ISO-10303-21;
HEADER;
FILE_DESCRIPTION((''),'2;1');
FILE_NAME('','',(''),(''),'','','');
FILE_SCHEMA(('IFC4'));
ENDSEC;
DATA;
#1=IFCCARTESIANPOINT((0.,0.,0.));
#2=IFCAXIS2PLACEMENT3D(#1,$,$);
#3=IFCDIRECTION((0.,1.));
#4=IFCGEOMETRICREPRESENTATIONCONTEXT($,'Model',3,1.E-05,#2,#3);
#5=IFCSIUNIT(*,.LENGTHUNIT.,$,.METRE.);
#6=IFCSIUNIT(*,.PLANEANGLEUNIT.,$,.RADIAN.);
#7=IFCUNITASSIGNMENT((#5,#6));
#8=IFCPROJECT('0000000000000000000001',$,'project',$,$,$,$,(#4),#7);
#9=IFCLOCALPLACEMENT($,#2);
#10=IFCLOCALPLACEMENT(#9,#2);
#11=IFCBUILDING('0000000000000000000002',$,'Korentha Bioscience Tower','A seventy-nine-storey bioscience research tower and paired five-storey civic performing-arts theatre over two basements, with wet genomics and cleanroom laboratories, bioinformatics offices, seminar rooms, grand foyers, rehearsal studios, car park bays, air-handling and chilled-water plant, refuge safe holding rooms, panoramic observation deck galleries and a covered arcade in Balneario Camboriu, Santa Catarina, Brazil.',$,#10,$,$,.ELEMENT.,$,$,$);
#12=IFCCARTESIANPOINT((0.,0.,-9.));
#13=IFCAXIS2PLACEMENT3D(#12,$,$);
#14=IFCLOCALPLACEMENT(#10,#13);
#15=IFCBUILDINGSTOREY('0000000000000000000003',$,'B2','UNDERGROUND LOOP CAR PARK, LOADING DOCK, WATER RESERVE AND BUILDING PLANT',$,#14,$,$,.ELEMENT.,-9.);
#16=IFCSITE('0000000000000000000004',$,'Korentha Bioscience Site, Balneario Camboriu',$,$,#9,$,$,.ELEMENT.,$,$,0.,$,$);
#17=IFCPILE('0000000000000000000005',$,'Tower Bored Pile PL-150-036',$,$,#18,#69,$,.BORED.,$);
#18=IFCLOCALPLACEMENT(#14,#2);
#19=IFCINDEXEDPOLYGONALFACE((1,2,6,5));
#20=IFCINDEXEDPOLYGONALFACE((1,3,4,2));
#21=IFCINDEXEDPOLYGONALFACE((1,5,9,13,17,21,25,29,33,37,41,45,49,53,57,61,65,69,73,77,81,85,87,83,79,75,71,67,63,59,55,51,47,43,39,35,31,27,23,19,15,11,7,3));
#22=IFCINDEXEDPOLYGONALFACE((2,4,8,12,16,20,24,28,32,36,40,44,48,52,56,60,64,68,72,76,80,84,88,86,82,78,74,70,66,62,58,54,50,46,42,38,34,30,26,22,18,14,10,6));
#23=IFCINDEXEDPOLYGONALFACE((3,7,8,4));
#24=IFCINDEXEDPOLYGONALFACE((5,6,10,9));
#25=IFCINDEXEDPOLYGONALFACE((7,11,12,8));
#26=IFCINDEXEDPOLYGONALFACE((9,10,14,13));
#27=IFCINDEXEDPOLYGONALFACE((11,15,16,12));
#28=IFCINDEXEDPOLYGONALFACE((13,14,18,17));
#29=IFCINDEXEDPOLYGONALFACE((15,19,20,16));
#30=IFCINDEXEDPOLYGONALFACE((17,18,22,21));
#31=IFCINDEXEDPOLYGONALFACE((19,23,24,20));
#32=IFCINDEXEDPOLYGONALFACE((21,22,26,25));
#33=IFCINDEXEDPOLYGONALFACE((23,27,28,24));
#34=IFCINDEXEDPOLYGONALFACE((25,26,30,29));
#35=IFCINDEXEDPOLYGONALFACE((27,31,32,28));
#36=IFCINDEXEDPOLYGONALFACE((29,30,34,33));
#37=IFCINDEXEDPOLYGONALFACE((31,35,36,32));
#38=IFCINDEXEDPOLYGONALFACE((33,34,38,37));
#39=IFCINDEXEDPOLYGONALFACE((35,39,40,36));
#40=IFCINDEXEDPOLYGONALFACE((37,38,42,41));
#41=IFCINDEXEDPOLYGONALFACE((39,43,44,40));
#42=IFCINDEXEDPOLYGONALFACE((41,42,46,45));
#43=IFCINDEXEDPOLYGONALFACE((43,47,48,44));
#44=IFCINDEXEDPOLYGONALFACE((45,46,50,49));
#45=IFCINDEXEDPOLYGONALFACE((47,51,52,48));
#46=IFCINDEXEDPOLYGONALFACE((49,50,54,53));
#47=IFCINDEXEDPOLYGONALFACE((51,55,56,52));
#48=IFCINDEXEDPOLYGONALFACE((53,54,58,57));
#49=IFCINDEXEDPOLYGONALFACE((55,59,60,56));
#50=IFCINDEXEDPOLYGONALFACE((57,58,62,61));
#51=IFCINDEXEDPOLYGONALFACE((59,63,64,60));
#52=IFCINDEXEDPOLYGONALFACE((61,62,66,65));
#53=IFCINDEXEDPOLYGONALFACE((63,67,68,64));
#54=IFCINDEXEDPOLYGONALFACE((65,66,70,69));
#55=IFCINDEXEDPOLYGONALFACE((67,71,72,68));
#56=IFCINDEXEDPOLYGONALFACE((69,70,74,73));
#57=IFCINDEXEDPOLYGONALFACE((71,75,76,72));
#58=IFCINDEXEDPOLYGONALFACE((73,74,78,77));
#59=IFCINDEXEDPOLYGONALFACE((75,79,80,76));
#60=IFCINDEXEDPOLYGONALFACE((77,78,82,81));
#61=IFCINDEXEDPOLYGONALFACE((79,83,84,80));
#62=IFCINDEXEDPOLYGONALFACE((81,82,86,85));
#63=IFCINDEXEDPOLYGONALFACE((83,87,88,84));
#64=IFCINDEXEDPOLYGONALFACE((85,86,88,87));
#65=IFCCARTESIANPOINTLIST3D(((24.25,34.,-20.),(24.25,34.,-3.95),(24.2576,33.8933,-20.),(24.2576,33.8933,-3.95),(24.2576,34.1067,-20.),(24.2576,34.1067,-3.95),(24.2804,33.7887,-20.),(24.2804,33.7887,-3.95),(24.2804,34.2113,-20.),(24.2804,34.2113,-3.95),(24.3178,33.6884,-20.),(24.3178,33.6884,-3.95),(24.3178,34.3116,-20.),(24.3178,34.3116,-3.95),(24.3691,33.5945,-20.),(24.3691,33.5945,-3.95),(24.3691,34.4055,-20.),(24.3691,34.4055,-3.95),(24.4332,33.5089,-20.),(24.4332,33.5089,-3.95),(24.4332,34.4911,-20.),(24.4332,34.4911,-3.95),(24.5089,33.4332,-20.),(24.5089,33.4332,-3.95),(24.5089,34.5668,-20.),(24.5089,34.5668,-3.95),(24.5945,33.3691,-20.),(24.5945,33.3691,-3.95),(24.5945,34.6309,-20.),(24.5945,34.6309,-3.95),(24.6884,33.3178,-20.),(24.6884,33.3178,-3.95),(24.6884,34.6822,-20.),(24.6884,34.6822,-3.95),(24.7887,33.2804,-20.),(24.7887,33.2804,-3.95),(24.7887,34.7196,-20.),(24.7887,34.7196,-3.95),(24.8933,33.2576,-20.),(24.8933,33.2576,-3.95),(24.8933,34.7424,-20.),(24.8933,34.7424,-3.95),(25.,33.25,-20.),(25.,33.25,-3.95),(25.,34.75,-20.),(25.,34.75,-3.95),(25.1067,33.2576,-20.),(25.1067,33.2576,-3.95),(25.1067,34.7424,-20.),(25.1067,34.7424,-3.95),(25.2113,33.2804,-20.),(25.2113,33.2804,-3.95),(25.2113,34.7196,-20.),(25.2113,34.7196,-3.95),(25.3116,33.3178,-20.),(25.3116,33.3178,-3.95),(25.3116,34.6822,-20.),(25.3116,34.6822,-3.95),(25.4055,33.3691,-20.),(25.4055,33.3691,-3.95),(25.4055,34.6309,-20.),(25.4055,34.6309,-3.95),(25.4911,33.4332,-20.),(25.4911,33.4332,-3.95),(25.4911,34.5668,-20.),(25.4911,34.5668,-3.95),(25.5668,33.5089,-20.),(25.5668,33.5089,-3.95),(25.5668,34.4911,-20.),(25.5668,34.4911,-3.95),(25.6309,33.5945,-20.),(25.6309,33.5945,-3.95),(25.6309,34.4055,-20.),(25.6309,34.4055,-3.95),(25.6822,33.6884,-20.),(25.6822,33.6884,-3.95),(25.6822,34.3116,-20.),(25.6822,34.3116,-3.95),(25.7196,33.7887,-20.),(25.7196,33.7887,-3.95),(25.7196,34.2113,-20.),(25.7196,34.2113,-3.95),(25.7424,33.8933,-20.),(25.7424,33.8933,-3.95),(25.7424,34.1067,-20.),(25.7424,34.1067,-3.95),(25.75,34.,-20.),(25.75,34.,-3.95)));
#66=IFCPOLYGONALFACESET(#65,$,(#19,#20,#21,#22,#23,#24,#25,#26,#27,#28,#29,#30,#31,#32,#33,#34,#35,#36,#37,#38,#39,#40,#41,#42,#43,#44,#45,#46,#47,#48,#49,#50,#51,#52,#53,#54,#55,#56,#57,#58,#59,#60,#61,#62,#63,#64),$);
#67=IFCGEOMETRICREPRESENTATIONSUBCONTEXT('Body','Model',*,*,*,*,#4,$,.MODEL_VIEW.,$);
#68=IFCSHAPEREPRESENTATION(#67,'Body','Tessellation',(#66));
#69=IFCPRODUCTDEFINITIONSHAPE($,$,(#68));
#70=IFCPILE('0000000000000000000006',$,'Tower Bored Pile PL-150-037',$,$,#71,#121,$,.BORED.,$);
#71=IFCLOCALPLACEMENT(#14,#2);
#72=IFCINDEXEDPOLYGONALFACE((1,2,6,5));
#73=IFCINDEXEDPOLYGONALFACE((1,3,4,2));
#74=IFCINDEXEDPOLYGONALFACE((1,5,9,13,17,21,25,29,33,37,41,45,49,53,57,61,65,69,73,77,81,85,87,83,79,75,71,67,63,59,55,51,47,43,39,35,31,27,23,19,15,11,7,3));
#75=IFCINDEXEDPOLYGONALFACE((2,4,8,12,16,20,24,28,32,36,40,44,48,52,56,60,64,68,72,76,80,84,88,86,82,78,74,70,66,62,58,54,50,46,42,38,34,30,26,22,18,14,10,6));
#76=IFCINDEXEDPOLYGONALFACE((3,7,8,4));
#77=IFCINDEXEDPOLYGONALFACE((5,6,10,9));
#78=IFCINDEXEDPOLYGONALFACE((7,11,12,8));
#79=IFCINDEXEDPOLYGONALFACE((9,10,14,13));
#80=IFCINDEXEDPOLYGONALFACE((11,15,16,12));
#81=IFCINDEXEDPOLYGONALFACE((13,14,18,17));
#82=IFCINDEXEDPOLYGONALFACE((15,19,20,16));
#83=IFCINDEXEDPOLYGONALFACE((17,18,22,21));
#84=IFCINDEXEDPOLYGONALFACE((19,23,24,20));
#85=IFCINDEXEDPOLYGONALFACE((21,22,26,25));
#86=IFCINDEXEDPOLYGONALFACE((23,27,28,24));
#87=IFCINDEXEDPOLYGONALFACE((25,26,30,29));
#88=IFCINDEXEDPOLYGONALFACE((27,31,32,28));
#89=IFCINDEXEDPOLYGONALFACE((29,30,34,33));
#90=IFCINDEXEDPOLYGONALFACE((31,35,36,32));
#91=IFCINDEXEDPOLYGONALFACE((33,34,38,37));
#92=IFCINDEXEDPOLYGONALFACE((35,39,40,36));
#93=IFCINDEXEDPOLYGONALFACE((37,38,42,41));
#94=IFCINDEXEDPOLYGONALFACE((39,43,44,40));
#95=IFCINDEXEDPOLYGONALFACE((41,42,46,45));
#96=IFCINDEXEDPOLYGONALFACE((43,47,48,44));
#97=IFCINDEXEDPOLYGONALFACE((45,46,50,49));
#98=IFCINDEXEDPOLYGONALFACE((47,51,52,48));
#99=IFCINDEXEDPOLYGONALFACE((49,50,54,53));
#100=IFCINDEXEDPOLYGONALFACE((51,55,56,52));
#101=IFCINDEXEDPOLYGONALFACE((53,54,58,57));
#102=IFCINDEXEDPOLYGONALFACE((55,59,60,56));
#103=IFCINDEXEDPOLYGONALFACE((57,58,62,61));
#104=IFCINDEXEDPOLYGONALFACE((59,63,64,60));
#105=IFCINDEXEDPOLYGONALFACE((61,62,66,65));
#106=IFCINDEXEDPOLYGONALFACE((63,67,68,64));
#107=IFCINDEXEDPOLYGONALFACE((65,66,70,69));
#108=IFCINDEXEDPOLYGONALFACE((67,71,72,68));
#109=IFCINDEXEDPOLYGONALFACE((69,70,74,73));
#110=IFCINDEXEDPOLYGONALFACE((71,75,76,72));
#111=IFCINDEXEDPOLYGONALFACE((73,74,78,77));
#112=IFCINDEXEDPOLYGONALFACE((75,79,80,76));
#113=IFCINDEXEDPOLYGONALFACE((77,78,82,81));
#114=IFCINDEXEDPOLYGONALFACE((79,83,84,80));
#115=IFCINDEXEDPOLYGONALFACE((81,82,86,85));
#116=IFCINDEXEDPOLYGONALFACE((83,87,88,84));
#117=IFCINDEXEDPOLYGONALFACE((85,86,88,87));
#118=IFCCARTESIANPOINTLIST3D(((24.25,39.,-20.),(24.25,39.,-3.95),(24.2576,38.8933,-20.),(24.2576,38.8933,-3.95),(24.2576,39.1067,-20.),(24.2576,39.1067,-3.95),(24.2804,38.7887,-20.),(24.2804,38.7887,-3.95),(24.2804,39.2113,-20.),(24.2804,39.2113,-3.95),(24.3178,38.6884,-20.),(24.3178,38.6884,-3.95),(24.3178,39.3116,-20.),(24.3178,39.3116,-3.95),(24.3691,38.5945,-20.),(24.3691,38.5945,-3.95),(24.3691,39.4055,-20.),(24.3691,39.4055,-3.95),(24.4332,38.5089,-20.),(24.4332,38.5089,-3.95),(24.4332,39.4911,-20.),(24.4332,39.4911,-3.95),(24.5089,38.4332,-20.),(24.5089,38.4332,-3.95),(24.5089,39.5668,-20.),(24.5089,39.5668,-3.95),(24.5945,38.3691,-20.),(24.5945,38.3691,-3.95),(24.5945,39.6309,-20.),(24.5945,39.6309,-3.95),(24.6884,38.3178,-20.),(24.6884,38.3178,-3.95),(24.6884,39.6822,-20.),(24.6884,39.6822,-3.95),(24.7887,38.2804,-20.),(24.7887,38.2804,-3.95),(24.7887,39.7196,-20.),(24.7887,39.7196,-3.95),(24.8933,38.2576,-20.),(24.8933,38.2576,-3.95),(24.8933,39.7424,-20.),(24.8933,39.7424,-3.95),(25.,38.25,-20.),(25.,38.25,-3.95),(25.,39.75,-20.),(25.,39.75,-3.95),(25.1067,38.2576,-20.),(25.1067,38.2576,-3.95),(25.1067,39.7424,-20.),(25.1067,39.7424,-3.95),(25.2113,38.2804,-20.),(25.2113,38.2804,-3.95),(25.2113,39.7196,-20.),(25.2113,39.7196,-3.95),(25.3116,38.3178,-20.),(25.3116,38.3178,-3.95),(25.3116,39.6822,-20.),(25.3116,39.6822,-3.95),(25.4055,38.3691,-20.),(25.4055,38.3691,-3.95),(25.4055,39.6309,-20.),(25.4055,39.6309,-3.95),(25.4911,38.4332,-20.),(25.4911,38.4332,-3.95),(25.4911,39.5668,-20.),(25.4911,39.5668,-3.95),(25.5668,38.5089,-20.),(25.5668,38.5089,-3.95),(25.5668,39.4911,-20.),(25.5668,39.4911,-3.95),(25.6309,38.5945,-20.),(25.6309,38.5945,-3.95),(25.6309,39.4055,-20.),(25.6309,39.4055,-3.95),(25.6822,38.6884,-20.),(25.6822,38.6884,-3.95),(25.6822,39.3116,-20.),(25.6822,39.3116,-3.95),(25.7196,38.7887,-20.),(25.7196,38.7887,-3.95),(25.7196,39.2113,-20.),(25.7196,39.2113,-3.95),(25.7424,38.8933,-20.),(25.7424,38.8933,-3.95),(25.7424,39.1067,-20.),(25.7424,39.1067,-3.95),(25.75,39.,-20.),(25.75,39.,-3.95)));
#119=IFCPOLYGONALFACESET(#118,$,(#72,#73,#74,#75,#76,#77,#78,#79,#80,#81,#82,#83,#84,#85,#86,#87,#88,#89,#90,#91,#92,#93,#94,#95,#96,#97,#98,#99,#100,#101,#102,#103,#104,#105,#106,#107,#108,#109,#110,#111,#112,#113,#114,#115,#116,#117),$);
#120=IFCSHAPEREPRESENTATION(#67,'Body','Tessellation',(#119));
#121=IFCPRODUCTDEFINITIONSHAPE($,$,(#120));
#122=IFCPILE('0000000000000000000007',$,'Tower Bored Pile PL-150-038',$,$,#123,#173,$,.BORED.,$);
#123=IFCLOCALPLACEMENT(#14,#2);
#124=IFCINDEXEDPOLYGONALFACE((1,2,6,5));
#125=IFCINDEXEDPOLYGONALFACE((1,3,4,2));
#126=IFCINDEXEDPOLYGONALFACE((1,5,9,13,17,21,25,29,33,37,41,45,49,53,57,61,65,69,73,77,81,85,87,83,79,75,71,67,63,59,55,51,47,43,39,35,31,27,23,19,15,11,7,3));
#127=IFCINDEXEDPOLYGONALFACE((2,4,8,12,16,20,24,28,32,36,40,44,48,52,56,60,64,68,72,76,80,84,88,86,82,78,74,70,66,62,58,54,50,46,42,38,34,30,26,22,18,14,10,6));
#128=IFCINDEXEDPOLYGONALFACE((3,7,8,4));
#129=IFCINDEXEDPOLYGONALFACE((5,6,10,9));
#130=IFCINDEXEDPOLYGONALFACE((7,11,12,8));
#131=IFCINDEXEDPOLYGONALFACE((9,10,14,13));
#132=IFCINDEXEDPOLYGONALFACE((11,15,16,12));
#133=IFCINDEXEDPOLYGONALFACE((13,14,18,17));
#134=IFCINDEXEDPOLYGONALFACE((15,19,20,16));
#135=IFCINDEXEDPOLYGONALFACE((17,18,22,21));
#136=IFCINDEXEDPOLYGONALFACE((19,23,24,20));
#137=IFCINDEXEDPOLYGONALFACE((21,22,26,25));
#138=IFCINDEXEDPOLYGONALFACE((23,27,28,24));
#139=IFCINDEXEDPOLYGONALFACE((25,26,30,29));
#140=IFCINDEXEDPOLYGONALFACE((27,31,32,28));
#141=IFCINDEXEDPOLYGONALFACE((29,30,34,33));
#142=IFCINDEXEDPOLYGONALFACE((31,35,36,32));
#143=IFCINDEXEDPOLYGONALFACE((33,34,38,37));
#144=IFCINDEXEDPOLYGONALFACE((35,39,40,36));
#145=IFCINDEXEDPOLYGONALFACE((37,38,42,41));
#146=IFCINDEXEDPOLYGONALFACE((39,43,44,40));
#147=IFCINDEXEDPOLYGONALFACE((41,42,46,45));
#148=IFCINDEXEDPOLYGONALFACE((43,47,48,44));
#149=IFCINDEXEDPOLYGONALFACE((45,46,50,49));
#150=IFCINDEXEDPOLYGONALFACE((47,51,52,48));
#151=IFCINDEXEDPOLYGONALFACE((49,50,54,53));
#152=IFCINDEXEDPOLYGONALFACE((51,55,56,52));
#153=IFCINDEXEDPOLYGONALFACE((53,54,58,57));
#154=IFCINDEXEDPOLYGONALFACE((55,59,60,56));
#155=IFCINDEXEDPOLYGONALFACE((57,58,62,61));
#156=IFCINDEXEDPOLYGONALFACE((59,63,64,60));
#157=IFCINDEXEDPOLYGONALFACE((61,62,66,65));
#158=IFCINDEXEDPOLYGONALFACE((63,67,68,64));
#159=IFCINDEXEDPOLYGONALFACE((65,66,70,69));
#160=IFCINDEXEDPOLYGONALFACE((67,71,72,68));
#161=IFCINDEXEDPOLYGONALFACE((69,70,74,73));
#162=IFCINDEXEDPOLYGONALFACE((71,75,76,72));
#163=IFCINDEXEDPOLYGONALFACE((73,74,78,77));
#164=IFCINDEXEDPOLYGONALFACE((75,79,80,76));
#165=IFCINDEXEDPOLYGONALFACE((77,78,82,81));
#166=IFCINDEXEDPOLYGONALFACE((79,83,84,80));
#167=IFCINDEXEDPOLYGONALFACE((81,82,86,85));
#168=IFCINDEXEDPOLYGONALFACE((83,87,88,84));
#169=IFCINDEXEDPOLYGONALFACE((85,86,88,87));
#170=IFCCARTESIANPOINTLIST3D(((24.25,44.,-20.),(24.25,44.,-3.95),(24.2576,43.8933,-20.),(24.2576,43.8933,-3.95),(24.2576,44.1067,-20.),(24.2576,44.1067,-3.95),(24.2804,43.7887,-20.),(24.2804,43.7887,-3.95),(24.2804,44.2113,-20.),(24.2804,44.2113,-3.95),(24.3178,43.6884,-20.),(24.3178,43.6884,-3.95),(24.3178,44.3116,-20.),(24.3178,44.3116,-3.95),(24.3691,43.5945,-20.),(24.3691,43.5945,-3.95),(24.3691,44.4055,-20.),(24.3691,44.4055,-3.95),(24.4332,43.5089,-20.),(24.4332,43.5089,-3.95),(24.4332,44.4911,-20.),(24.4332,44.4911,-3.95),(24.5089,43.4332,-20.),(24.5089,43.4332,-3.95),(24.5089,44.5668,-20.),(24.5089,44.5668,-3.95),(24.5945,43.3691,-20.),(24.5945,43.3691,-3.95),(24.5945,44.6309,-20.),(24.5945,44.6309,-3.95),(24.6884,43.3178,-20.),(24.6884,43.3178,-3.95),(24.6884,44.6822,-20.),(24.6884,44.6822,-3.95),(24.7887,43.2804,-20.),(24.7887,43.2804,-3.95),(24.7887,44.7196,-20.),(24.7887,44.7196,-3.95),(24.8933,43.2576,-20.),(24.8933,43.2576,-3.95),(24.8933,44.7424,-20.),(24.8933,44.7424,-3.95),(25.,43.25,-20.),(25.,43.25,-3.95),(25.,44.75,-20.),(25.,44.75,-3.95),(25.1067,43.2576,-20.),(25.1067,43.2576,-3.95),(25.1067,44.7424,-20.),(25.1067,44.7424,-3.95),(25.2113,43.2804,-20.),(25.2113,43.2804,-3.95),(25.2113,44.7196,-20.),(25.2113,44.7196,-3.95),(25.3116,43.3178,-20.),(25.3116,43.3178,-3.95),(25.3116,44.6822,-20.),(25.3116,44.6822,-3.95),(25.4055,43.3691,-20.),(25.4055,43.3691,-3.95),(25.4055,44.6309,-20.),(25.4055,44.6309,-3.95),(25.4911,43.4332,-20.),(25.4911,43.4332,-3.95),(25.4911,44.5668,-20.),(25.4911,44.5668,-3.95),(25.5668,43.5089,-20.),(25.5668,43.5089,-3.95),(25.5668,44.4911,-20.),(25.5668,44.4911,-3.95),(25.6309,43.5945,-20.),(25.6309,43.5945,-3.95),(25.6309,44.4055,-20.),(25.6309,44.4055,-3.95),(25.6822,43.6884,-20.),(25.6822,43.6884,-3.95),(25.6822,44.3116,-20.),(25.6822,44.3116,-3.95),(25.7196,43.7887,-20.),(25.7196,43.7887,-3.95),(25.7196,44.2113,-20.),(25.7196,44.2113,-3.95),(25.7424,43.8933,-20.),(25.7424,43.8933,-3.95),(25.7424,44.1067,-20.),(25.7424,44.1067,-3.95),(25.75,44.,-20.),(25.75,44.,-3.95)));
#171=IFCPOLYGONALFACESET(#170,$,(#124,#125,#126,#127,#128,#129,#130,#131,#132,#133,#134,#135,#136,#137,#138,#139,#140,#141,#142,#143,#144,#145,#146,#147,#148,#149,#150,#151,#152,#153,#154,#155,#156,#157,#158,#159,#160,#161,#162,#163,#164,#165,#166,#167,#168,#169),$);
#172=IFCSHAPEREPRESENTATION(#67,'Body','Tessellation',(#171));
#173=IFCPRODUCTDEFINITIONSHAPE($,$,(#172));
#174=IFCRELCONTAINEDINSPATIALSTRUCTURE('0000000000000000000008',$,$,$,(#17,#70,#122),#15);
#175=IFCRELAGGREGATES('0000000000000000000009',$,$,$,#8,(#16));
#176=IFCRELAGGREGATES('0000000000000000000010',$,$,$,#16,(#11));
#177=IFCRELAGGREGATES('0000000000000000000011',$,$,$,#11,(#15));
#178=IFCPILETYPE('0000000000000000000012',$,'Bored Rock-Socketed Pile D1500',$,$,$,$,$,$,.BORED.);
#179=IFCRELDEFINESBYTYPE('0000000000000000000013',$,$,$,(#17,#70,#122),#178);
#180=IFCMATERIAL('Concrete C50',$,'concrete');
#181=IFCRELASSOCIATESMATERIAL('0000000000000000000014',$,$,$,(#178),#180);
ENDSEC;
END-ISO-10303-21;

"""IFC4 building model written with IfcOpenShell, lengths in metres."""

from ifc_helpers import new_model, si_unit, direction, frame, origin, origin_2d, place, context, subcontext, project, spatial, circle, extrude, material, material_profile, profile_set, type_object, element, save


model = new_model("IFC4")

# Units and contexts
model_context = context("Model", 3, precision=1e-05, world=origin(), true_north=direction((0.0, 1.0)))
body_context = subcontext(model_context, "Body", "Model", "MODEL_VIEW")
ifc_project = project(units=[si_unit("LENGTHUNIT", "METRE"), si_unit("PLANEANGLEUNIT", "RADIAN")], contexts=[model_context])

# Site, building, storey
site_placement = place(None, origin())
site = spatial("IfcSite", under=ifc_project, at=site_placement, Name="Korentha Bioscience Site, Balneario Camboriu", CompositionType="ELEMENT", RefElevation=0.0)
building_placement = place(site_placement, origin())
building = spatial("IfcBuilding", under=site, at=building_placement, Name="Korentha Bioscience Tower", Description="A seventy-nine-storey bioscience research tower and paired five-storey civic performing-arts theatre over two basements, with wet genomics and cleanroom laboratories, bioinformatics offices, seminar rooms, grand foyers, rehearsal studios, car park bays, air-handling and chilled-water plant, refuge safe holding rooms, panoramic observation deck galleries and a covered arcade in Balneario Camboriu, Santa Catarina, Brazil.", CompositionType="ELEMENT")
storey_placement = place(building_placement, frame((0.0, 0.0, -9.0)))
storey = spatial("IfcBuildingStorey", under=building, at=storey_placement, Name="B2", Description="UNDERGROUND LOOP CAR PARK, LOADING DOCK, WATER RESERVE AND BUILDING PLANT", CompositionType="ELEMENT", Elevation=-9.0)

# Piles
ifc_material_1 = material(Name="Concrete C50", Category="concrete")
ifc_material_profile_1 = material_profile(ifc_material_1, circle(Radius=0.75, at=origin_2d()), Name="Concrete C50")
ifc_profile_set_1 = profile_set([ifc_material_profile_1], Name="Concrete C50 (PL-150)")
pile_type = type_object("IfcPileType", Name="Bored Rock-Socketed Pile D1500", PredefinedType="BORED", material=ifc_profile_set_1)
for number, where, z_axis, x_axis, name in (
    (1, (25.0, 34.0, -3.95), (0.0, 0.0, -1.0), (1.0, 0.0, 0.0), "Tower Bored Pile PL-150-036"),
    (2, (25.0, 39.0, -3.95), (0.0, 0.0, -1.0), (1.0, 0.0, 0.0), "Tower Bored Pile PL-150-037"),
    (3, (25.0, 44.0, -3.95), (0.0, 0.0, -1.0), (1.0, 0.0, 0.0), "Tower Bored Pile PL-150-038"),
):
    element("IfcPile", number, at=place(storey_placement, frame(where, z_axis=z_axis, x_axis=x_axis)), inside=storey, type_object=pile_type, Name=name, PredefinedType="BORED", context=body_context, shape_type="SweptSolid", body=[
        extrude(circle(Radius=0.75, at=origin_2d()), origin(), (0.0, 0.0, 1.0), 16.05),
    ])

save(model, "model.ifc")
